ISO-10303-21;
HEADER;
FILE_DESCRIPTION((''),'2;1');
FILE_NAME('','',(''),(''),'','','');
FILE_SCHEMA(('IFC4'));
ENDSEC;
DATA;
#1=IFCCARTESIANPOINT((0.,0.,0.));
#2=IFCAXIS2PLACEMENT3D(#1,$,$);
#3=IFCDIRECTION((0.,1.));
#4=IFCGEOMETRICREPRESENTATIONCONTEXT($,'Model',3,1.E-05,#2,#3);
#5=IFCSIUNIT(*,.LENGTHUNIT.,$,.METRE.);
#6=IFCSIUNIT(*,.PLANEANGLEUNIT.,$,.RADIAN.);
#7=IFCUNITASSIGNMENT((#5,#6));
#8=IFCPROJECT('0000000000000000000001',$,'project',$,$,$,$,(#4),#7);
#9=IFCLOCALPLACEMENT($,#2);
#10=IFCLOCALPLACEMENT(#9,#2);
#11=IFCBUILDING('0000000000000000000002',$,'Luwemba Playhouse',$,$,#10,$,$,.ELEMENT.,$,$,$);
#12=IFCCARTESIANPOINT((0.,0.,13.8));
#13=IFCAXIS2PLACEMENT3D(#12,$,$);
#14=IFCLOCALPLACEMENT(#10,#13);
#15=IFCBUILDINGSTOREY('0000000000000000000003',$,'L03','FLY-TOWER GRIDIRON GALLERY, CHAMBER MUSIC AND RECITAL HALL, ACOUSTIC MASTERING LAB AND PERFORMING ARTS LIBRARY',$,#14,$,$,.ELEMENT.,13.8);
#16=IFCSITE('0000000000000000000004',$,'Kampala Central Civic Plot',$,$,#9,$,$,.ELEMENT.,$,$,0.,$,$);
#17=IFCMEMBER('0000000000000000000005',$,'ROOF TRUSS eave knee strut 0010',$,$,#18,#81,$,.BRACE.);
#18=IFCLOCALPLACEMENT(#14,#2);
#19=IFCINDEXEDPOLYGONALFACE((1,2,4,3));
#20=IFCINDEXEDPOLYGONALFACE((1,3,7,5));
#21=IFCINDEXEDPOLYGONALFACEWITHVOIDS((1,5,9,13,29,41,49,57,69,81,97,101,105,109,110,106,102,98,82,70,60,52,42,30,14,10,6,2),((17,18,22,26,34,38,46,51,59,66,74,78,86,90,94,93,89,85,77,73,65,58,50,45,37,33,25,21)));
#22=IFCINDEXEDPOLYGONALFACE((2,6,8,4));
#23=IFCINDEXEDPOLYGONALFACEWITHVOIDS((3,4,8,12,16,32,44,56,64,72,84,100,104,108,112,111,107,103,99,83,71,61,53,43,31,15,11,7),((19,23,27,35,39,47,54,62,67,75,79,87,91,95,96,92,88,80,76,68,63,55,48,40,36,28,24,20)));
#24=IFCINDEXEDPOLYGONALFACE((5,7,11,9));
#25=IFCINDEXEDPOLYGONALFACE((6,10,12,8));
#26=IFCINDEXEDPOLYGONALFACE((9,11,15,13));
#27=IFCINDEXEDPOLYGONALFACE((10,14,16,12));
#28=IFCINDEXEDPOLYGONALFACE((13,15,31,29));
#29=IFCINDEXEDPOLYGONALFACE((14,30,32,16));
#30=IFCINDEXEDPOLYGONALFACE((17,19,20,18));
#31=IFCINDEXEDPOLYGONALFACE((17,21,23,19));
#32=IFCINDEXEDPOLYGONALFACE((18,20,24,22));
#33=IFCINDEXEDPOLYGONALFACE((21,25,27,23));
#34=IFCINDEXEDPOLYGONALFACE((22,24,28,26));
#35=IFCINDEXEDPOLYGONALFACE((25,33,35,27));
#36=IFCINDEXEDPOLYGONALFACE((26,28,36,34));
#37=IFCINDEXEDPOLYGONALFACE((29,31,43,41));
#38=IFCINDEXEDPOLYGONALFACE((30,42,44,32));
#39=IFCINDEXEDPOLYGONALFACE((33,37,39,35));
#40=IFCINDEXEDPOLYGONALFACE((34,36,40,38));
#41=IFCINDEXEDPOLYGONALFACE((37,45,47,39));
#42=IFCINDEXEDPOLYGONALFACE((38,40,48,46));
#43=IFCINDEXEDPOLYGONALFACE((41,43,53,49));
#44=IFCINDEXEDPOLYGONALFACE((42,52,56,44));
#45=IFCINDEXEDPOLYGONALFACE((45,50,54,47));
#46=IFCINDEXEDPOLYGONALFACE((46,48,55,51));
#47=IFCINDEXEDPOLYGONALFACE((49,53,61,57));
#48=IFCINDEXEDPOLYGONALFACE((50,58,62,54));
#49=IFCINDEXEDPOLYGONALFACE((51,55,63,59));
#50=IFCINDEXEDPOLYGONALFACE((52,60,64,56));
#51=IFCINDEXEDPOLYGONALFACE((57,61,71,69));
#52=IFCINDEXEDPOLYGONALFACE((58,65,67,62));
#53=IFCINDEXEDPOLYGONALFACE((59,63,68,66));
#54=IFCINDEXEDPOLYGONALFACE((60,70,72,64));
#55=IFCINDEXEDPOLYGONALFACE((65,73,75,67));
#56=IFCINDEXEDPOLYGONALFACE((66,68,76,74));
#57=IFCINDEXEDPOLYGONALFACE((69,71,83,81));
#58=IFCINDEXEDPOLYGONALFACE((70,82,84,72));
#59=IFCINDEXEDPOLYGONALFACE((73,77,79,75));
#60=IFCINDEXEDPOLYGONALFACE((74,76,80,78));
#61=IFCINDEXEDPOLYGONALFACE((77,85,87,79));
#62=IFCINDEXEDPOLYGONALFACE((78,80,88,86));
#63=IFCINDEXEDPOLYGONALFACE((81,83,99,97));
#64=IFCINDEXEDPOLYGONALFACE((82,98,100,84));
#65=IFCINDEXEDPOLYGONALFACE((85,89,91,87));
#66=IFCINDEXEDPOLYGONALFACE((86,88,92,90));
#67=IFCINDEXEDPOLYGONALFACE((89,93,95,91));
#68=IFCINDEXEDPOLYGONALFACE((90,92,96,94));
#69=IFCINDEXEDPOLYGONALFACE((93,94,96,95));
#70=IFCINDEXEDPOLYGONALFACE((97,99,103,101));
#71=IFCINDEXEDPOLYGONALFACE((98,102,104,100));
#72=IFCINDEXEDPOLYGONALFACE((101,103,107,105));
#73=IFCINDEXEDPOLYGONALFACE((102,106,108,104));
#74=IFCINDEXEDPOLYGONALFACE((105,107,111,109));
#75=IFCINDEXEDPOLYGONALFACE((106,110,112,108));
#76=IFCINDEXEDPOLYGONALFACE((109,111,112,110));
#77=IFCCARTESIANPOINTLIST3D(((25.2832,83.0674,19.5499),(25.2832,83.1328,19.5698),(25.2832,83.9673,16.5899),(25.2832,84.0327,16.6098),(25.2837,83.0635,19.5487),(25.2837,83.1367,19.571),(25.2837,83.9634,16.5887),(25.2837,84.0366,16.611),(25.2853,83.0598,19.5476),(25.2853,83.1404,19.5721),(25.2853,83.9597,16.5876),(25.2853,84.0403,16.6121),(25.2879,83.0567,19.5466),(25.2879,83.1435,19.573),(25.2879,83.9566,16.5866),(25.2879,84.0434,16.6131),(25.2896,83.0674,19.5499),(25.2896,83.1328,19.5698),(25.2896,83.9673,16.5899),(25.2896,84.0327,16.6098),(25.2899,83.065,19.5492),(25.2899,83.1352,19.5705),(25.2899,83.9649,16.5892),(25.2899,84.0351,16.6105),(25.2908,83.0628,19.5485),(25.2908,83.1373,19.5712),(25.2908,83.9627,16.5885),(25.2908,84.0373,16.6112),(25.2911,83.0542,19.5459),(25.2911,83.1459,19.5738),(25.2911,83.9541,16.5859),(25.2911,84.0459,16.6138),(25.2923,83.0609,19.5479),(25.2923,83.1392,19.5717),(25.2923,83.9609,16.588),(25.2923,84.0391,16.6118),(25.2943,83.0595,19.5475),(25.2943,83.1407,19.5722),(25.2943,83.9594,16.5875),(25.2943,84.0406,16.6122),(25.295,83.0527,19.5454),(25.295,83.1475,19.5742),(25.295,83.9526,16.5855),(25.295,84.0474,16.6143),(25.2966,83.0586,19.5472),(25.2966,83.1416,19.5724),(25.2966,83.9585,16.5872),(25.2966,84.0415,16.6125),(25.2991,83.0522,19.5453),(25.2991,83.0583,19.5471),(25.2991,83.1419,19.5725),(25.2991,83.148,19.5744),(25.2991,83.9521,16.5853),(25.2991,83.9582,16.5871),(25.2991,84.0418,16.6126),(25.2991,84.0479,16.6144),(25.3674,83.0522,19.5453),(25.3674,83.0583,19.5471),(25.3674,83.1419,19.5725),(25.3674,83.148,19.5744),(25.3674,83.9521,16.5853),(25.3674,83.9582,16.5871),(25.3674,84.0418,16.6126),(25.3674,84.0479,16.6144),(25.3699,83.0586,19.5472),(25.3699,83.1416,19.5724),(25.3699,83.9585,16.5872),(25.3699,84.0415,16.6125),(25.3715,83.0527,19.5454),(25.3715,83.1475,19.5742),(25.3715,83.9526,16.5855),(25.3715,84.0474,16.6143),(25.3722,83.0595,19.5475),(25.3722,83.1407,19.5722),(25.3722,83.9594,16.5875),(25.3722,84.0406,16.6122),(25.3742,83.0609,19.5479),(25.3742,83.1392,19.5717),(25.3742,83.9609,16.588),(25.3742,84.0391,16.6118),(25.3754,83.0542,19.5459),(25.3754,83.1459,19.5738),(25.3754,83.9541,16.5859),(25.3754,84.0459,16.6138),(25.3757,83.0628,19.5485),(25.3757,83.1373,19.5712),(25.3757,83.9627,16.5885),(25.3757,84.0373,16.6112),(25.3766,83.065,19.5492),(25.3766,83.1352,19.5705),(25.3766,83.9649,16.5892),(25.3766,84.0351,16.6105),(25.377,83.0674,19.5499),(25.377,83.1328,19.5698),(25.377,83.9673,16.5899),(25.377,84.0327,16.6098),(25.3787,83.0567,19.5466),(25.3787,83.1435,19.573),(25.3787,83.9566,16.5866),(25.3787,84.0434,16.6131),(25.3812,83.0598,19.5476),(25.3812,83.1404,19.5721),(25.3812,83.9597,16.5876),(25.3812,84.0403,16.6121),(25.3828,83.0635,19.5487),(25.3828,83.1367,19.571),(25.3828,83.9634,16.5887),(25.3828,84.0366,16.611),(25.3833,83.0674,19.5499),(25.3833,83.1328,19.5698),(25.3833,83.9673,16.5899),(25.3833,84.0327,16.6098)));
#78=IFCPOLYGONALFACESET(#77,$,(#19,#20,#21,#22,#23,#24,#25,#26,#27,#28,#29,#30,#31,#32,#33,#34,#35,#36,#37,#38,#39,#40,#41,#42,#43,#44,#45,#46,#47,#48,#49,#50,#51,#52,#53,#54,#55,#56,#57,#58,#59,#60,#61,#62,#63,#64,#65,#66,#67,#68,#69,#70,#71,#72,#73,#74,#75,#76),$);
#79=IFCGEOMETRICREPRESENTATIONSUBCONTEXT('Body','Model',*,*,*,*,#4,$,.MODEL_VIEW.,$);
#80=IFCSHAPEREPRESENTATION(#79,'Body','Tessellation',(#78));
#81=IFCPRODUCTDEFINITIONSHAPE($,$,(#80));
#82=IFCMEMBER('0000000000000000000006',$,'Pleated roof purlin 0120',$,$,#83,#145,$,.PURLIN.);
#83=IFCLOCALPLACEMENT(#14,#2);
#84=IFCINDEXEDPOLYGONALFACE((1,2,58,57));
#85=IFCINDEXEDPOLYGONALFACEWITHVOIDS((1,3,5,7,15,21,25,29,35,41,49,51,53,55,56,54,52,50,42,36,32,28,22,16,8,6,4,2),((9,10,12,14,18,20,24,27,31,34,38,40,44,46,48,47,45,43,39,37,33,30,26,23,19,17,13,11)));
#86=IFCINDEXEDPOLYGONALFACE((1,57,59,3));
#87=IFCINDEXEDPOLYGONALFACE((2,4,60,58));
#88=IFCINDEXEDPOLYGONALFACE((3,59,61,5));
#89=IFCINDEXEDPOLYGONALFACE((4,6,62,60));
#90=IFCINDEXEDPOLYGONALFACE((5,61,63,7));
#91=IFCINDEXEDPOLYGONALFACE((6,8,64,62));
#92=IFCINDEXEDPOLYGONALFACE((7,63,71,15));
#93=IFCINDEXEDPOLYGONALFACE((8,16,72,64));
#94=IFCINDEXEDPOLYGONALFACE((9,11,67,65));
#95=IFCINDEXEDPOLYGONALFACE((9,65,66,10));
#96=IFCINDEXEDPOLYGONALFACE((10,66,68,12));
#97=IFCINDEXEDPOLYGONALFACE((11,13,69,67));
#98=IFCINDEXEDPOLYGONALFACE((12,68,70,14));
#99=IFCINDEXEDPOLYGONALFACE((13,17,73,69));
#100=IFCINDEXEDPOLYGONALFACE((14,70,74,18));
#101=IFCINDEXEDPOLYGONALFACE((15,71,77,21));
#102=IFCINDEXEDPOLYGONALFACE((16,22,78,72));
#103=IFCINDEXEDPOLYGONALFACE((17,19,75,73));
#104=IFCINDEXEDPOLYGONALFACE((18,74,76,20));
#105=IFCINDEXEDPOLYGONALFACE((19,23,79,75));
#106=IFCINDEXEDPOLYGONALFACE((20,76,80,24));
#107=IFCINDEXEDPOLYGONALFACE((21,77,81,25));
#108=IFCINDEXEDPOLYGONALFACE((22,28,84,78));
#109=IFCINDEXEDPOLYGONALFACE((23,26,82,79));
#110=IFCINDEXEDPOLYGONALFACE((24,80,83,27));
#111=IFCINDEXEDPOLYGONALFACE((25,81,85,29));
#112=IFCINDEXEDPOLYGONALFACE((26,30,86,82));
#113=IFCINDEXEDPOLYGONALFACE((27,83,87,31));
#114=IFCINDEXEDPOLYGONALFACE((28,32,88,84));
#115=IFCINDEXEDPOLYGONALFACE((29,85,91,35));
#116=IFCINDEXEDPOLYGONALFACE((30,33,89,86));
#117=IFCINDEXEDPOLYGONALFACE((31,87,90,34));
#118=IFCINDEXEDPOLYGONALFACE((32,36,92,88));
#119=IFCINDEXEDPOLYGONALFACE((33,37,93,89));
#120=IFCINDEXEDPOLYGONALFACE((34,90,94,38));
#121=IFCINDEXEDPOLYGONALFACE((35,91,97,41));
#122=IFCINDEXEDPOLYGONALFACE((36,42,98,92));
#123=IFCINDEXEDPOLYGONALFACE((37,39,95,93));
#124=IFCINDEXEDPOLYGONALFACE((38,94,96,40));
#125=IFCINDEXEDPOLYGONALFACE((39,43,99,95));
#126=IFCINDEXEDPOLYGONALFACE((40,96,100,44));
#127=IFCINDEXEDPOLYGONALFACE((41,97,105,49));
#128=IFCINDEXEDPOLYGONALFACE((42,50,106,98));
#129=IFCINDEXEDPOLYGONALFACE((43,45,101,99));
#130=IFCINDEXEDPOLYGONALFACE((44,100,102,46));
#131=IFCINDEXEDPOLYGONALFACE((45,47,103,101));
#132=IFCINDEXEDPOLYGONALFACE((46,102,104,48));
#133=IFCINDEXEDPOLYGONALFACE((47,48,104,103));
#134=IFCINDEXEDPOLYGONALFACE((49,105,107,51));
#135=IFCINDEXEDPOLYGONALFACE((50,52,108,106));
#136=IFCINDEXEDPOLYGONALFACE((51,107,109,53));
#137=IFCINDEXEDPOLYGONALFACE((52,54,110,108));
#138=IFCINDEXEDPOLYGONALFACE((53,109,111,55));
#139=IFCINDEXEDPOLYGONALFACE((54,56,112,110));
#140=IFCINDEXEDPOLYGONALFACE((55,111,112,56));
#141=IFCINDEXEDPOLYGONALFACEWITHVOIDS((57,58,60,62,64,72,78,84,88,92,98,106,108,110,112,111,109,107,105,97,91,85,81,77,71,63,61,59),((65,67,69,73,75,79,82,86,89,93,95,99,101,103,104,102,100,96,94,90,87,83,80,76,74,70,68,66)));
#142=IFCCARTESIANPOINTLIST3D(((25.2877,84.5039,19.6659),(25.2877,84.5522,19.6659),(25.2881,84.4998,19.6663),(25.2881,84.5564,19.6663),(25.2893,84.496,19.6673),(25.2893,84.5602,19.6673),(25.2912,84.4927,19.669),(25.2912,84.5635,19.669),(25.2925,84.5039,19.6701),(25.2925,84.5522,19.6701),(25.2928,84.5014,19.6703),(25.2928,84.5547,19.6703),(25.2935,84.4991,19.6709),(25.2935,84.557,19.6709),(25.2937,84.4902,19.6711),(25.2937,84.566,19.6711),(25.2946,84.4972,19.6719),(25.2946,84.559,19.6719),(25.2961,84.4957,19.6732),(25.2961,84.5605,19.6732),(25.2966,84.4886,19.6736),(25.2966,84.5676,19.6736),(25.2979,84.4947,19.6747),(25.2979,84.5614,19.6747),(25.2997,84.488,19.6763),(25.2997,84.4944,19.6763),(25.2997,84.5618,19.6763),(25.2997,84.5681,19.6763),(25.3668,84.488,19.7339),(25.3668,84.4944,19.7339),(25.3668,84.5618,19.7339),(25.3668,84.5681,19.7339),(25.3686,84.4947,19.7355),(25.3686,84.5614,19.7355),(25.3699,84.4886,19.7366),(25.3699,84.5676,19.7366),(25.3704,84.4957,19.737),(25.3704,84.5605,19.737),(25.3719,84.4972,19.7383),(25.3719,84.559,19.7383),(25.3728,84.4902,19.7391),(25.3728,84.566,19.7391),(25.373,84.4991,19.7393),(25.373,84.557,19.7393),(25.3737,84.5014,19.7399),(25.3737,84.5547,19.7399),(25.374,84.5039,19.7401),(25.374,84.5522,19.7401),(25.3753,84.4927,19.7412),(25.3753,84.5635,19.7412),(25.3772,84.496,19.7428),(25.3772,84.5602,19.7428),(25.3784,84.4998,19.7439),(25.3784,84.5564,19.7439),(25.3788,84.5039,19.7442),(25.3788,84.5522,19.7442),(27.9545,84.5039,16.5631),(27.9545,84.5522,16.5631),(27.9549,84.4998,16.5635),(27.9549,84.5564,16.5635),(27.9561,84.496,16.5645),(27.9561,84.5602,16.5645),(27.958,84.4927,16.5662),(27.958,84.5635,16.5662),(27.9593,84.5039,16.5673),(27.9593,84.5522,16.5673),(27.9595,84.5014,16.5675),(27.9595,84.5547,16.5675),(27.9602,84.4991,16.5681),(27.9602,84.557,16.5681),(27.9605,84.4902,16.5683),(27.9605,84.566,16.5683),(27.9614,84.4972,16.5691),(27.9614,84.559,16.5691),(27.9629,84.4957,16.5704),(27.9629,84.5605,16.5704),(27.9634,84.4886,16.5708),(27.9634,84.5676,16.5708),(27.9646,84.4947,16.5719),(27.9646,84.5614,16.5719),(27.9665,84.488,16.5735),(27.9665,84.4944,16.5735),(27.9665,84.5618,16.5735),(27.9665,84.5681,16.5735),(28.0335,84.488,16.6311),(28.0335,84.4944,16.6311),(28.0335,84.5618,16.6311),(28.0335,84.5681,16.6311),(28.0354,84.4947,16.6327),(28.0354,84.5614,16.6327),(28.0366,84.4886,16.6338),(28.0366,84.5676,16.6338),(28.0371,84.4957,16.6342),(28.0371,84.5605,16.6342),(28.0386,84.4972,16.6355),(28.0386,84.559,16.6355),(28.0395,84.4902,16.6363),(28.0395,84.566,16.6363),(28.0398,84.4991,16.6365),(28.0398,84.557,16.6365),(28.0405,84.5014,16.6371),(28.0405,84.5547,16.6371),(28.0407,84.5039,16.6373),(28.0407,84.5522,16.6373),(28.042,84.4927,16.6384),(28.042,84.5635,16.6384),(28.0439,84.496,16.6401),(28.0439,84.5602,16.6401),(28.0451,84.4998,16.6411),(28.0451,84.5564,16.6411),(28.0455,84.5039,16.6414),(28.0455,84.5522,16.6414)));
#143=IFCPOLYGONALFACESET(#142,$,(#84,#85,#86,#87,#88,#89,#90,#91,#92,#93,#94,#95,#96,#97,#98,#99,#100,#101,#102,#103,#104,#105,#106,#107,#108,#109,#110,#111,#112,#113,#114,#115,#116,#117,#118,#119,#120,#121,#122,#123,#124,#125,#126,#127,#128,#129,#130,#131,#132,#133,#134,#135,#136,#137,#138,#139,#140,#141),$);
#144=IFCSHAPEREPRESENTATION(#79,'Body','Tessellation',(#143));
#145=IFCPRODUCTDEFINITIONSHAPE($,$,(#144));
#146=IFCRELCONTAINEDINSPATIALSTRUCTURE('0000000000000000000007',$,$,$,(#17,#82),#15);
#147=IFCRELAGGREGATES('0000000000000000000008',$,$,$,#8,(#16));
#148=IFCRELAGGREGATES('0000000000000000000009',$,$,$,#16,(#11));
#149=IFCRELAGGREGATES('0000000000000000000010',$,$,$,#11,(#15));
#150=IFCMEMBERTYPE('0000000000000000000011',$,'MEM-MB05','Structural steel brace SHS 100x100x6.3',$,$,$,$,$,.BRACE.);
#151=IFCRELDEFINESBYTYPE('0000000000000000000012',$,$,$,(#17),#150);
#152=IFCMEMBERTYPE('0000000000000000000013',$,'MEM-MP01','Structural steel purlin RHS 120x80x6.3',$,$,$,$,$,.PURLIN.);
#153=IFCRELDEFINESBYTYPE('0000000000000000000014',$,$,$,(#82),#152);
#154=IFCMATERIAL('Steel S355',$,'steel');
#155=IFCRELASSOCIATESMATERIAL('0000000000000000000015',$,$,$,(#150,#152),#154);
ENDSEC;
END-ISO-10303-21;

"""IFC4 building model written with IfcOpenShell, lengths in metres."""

from ifc_helpers import new_model, si_unit, direction, frame, origin, origin_2d, place, context, subcontext, project, spatial, hollow_rectangle, extrude, material, material_profile, profile_set, type_object, element, save


model = new_model("IFC4")

# Units and contexts
model_context = context("Model", 3, precision=1e-05, world=origin(), true_north=direction((0.0, 1.0)))
body_context = subcontext(model_context, "Body", "Model", "MODEL_VIEW")
ifc_project = project(units=[si_unit("LENGTHUNIT", "METRE"), si_unit("PLANEANGLEUNIT", "RADIAN")], contexts=[model_context])

# Site, building, storey
site_placement = place(None, origin())
site = spatial("IfcSite", under=ifc_project, at=site_placement, Name="Kampala Central Civic Plot", CompositionType="ELEMENT", RefElevation=0.0)
building_placement = place(site_placement, origin())
building = spatial("IfcBuilding", under=site, at=building_placement, Name="Luwemba Playhouse", CompositionType="ELEMENT")
storey_placement = place(building_placement, frame((0.0, 0.0, 13.8)))
storey = spatial("IfcBuildingStorey", under=building, at=storey_placement, Name="L03", Description="FLY-TOWER GRIDIRON GALLERY, CHAMBER MUSIC AND RECITAL HALL, ACOUSTIC MASTERING LAB AND PERFORMING ARTS LIBRARY", CompositionType="ELEMENT", Elevation=13.8)

# Shared definitions
ifc_material_1 = material(Name="Steel S355", Category="steel")

# Members
ifc_material_profile_1 = material_profile(ifc_material_1, hollow_rectangle(XDim=0.1001, YDim=0.1001, WallThickness=0.0063, InnerFilletRadius=0.0095, OuterFilletRadius=0.0159, at=origin_2d()))
ifc_profile_set_1 = profile_set([ifc_material_profile_1], Name="Steel S355")
member_type_1 = type_object("IfcMemberType", Name="MEM-MB05", Description="Structural steel brace SHS 100x100x6.3", PredefinedType="BRACE", material=ifc_profile_set_1)
member_1_placement = place(storey_placement, frame((25.3333, 84.0, 16.5999), z_axis=(0.0, -0.290879, 0.95676), x_axis=(1.0, 0.0, 0.0)))
element("IfcMember", 1, at=member_1_placement, inside=storey, type_object=member_type_1, Name="ROOF TRUSS eave knee strut 0010", PredefinedType="BRACE", context=body_context, shape_type="SweptSolid", body=[
    extrude(hollow_rectangle(XDim=0.1001, YDim=0.1001, WallThickness=0.0063, InnerFilletRadius=0.0095, OuterFilletRadius=0.0159, at=origin_2d()), origin(), (0.0, 0.0, 1.0), 3.0938),
])
ifc_material_profile_2 = material_profile(ifc_material_1, hollow_rectangle(XDim=0.0801, YDim=0.1201, WallThickness=0.0063, InnerFilletRadius=0.0095, OuterFilletRadius=0.0159, at=origin_2d()))
ifc_profile_set_2 = profile_set([ifc_material_profile_2], Name="Steel S355")
member_type_2 = type_object("IfcMemberType", Name="MEM-MP01", Description="Structural steel purlin RHS 120x80x6.3", PredefinedType="PURLIN", material=ifc_profile_set_2)
member_2_placement = place(storey_placement, frame((25.3333, 84.5281, 19.7051), z_axis=(0.651808, 0.0, -0.758384), x_axis=(0.0, 1.0, 0.0)))
element("IfcMember", 2, at=member_2_placement, inside=storey, type_object=member_type_2, Name="Pleated roof purlin 0120", PredefinedType="PURLIN", context=body_context, shape_type="SweptSolid", body=[
    extrude(hollow_rectangle(XDim=0.0801, YDim=0.1201, WallThickness=0.0063, InnerFilletRadius=0.0095, OuterFilletRadius=0.0159, at=origin_2d()), origin(), (0.0, 0.0, 1.0), 4.0913),
])

save(model, "model.ifc")
